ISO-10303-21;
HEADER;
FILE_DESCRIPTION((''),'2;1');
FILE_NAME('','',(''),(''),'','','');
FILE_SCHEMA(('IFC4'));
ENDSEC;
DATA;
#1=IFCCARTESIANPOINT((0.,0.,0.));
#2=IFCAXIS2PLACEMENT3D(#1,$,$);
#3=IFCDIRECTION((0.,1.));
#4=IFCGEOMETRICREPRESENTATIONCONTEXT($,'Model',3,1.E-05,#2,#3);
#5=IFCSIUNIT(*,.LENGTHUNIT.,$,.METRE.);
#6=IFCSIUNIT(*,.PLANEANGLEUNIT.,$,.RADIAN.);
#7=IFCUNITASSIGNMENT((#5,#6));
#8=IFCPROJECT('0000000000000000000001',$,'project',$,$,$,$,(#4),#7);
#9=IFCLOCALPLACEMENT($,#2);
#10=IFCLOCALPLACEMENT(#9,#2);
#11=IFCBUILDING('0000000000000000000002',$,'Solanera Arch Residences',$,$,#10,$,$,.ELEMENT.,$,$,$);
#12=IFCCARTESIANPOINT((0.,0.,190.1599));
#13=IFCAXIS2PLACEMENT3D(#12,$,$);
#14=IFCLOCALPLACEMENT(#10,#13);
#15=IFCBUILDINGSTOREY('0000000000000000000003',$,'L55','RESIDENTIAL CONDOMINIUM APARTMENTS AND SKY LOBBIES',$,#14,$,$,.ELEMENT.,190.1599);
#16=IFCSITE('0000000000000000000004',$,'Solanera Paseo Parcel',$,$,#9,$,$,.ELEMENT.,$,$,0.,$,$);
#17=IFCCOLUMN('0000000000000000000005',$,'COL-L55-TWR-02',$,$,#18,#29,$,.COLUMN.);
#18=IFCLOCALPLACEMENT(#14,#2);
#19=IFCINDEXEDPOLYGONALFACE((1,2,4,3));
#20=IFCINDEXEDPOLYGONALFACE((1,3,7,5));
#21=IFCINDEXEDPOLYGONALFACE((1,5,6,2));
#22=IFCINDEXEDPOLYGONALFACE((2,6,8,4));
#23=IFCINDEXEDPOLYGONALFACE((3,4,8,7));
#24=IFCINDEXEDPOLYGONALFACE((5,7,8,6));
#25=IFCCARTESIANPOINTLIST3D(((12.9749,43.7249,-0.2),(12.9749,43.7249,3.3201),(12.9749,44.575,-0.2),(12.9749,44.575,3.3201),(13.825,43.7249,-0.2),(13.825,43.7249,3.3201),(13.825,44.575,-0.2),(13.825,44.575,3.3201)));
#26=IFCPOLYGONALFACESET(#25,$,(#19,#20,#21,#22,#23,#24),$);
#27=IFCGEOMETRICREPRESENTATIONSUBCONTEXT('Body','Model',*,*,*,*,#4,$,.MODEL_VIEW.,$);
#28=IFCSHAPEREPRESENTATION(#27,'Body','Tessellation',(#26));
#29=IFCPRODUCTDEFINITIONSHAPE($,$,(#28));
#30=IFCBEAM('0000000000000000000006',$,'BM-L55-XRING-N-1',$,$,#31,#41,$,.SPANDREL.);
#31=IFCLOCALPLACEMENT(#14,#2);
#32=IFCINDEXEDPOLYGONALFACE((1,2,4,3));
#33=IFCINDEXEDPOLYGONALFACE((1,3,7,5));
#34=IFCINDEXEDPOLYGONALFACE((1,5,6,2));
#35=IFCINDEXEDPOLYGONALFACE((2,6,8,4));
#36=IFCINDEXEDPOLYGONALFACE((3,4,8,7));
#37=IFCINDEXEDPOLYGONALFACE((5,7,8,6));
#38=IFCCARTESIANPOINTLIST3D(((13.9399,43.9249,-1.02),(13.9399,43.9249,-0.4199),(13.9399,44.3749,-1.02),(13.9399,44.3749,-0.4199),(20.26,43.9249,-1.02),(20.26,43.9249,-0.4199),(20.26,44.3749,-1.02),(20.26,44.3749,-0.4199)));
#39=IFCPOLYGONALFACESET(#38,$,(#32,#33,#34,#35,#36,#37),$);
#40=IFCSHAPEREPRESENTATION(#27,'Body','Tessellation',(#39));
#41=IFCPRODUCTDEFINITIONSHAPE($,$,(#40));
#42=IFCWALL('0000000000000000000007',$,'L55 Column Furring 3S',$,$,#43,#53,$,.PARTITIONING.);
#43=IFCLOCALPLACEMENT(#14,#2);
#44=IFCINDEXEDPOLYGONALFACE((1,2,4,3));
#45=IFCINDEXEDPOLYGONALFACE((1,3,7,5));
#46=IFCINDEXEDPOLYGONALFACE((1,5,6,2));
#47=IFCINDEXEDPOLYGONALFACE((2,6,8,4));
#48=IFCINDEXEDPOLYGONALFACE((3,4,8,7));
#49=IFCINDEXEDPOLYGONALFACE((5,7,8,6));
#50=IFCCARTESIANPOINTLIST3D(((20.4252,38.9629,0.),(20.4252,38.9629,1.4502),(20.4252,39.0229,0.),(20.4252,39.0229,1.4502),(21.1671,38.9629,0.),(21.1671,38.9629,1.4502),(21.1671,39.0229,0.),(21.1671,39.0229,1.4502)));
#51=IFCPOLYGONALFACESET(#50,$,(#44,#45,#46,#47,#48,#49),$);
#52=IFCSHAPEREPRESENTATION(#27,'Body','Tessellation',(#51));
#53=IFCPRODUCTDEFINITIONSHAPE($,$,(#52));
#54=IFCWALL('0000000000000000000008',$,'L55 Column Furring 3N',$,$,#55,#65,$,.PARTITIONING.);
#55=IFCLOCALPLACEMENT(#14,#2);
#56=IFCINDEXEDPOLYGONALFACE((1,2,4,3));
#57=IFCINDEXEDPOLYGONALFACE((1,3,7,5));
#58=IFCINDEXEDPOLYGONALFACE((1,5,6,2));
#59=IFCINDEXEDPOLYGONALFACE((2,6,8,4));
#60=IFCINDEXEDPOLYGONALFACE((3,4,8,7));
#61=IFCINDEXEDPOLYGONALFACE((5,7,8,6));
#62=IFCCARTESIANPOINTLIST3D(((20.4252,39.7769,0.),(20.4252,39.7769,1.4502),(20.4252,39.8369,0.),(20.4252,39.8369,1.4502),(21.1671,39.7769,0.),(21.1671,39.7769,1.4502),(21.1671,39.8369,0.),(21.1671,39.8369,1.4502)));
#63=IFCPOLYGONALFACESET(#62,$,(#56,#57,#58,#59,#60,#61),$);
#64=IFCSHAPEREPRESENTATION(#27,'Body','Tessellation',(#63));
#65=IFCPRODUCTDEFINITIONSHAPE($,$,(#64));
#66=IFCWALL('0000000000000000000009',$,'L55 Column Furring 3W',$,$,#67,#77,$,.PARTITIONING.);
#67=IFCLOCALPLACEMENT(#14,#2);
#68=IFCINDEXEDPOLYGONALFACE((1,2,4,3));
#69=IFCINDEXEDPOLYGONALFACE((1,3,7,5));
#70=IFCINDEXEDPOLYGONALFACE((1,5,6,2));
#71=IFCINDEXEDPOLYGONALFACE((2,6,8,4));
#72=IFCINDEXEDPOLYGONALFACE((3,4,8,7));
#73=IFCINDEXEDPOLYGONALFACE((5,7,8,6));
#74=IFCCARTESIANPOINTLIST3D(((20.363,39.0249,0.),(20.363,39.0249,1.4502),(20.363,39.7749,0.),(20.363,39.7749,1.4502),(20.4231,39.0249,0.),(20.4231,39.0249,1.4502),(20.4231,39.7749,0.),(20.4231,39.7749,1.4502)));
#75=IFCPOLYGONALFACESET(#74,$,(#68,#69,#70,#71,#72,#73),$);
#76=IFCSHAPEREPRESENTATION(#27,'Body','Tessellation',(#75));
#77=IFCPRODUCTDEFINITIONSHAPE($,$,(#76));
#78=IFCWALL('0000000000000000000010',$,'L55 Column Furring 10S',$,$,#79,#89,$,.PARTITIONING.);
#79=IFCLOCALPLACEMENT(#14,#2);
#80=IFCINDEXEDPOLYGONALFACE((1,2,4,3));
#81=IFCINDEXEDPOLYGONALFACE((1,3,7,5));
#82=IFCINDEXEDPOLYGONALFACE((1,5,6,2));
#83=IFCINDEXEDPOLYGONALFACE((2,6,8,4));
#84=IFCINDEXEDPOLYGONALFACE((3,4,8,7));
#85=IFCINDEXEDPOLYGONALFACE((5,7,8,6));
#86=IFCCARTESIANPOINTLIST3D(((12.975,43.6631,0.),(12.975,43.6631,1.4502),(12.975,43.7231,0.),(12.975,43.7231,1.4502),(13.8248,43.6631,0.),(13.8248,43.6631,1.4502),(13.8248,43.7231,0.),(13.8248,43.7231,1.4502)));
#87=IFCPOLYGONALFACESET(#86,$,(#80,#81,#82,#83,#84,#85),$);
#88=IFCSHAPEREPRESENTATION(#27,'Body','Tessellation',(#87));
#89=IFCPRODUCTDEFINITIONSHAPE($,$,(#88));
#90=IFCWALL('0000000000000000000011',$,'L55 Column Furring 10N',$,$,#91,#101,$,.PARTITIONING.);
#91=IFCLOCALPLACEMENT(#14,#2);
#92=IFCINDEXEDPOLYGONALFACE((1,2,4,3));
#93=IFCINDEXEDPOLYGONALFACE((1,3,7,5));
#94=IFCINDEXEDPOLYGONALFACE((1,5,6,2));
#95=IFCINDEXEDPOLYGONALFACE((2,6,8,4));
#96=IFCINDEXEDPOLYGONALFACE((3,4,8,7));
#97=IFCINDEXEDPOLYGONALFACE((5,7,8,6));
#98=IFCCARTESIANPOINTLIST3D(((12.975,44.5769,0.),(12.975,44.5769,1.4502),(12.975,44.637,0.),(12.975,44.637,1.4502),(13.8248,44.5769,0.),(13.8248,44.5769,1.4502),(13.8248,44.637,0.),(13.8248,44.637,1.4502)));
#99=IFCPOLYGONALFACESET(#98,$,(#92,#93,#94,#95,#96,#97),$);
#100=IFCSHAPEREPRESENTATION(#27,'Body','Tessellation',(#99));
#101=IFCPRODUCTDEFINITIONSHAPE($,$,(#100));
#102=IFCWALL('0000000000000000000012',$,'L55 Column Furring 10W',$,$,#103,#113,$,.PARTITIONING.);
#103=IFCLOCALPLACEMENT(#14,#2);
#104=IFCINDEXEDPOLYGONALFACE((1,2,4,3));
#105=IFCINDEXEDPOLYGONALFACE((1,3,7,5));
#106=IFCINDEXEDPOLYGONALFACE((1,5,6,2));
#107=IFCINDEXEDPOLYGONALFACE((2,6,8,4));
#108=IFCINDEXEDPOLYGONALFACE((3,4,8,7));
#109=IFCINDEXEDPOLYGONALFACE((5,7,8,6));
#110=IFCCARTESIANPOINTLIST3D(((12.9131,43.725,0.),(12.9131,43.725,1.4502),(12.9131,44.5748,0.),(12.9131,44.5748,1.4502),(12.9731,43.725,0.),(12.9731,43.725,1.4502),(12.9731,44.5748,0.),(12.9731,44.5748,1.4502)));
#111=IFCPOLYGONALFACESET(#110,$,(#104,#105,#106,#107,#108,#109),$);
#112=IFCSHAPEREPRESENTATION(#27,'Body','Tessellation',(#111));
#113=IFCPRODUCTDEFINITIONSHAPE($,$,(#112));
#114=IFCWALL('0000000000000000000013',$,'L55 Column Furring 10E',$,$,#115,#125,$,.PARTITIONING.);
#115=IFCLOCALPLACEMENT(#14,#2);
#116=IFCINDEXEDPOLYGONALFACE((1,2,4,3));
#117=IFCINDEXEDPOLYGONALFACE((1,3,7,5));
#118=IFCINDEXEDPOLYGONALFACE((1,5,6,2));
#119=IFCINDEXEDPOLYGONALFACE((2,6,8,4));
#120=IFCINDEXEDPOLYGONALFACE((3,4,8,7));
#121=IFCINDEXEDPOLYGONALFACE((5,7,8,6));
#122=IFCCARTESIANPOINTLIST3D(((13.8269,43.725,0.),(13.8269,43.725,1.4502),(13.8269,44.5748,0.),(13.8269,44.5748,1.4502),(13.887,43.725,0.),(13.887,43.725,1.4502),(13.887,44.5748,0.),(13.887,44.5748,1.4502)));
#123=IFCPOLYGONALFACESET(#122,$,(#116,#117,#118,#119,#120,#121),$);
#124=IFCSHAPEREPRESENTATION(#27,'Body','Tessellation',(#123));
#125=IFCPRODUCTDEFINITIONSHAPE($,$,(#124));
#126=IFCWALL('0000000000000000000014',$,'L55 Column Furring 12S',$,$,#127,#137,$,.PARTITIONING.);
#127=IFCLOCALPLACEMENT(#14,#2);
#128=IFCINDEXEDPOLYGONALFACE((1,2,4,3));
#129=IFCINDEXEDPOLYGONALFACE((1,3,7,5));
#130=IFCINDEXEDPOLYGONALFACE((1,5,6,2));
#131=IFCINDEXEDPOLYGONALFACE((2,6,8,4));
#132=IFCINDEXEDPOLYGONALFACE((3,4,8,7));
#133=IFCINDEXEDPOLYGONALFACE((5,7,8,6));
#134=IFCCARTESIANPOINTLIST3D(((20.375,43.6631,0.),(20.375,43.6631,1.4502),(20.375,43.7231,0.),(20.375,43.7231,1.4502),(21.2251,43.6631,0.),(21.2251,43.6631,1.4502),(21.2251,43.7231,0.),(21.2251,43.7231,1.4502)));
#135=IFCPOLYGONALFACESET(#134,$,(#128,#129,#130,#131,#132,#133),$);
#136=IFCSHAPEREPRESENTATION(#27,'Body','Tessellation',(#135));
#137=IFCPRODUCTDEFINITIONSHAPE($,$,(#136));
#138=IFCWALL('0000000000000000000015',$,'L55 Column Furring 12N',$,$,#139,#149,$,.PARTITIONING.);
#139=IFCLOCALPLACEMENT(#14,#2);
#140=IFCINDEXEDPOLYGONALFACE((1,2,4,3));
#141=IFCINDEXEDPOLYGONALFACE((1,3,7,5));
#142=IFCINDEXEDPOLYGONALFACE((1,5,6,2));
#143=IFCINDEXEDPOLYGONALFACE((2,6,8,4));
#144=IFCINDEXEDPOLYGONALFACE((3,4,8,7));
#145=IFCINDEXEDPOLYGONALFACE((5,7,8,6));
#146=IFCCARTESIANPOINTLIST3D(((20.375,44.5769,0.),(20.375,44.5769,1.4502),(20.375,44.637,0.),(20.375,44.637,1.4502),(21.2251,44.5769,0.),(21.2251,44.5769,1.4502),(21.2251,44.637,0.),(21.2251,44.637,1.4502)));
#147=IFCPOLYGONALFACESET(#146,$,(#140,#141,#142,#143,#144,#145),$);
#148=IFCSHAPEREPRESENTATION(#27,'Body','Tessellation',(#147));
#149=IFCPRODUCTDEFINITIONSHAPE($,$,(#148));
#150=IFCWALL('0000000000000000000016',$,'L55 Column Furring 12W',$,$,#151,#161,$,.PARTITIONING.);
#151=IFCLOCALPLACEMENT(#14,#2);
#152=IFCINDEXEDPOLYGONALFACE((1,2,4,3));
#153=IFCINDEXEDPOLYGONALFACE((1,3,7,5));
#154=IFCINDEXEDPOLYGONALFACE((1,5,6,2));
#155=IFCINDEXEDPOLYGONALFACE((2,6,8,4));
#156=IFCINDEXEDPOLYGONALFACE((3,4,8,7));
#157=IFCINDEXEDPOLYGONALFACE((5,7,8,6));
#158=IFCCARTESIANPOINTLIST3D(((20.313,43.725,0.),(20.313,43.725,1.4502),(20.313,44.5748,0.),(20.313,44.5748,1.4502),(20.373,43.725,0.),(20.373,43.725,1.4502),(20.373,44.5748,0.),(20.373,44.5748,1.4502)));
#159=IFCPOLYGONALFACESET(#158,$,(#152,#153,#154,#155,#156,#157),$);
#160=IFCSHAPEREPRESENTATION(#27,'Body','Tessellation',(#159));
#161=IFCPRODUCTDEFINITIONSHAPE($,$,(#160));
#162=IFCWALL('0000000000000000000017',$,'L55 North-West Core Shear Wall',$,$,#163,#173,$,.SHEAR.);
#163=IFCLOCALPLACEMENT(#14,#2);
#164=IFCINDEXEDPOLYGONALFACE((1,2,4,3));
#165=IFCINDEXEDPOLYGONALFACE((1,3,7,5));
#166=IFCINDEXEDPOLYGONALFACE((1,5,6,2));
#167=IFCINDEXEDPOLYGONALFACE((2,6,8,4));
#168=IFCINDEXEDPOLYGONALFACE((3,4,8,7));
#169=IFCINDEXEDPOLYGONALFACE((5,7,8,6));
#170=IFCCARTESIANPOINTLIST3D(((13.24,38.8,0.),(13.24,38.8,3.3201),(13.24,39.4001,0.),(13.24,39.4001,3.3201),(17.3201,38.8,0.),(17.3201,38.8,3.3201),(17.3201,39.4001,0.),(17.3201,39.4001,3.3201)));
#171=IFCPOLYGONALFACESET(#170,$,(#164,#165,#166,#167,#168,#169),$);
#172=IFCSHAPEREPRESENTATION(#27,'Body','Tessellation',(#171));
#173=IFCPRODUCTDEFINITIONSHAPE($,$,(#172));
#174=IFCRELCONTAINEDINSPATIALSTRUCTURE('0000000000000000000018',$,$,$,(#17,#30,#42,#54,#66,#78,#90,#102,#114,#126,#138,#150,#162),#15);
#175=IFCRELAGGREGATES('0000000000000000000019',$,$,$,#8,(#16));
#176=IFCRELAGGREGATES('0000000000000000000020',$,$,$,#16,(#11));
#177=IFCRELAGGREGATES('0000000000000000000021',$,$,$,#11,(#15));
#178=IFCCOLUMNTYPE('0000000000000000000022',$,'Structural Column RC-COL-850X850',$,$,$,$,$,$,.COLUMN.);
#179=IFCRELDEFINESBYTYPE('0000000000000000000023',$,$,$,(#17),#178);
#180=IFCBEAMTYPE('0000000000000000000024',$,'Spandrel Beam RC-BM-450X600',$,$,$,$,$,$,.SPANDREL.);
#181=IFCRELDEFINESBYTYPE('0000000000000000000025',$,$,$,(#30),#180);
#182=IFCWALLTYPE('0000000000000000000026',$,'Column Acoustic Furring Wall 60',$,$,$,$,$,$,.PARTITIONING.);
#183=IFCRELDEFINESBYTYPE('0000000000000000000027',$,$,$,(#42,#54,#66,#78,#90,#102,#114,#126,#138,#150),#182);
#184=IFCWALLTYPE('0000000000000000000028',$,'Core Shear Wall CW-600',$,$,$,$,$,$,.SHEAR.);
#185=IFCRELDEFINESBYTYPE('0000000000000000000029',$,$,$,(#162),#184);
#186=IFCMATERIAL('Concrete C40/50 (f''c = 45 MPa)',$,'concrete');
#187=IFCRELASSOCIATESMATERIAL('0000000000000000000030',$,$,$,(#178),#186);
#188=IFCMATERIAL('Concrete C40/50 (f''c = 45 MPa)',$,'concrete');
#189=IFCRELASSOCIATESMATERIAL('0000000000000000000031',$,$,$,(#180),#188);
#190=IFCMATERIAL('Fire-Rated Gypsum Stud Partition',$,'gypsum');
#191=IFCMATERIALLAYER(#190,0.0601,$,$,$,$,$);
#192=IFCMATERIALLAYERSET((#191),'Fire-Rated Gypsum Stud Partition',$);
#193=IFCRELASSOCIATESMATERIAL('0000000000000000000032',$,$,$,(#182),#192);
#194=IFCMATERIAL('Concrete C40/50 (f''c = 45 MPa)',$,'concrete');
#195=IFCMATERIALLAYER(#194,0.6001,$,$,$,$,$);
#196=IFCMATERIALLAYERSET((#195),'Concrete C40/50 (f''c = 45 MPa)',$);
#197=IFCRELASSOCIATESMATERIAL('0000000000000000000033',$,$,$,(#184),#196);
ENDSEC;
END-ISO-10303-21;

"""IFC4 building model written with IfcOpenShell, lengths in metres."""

from ifc_helpers import new_model, si_unit, direction, frame, frame_2d, origin, origin_2d, place, context, subcontext, project, spatial, rectangle, extrude, material, layer, layer_set, material_profile, profile_set, type_object, element, save


model = new_model("IFC4")

# Units and contexts
model_context = context("Model", 3, precision=1e-05, world=origin(), true_north=direction((0.0, 1.0)))
body_context = subcontext(model_context, "Body", "Model", "MODEL_VIEW")
ifc_project = project(units=[si_unit("LENGTHUNIT", "METRE"), si_unit("PLANEANGLEUNIT", "RADIAN")], contexts=[model_context])

# Site, building, storey
site_placement = place(None, origin())
site = spatial("IfcSite", under=ifc_project, at=site_placement, Name="Solanera Paseo Parcel", CompositionType="ELEMENT", RefElevation=0.0)
building_placement = place(site_placement, origin())
building = spatial("IfcBuilding", under=site, at=building_placement, Name="Solanera Arch Residences", CompositionType="ELEMENT")
storey_placement = place(building_placement, frame((0.0, 0.0, 190.1599)))
storey = spatial("IfcBuildingStorey", under=building, at=storey_placement, Name="L55", Description="RESIDENTIAL CONDOMINIUM APARTMENTS AND SKY LOBBIES", CompositionType="ELEMENT", Elevation=190.1599)

# Column
ifc_material_1 = material(Name="Concrete C40/50 (f'c = 45 MPa)", Category="concrete")
ifc_material_profile_1 = material_profile(ifc_material_1, rectangle(XDim=0.8501, YDim=0.8501, at=origin_2d()))
ifc_profile_set_1 = profile_set([ifc_material_profile_1], Name="Concrete C40/50 (f'c = 45 MPa)")
column_type = type_object("IfcColumnType", Name="Structural Column RC-COL-850X850", PredefinedType="COLUMN", material=ifc_profile_set_1)
column_placement = place(storey_placement, frame((13.3999, 44.1499, -0.2), z_axis=(0.0, 0.0, 1.0), x_axis=(1.0, 0.0, 0.0)))
element("IfcColumn", 1, at=column_placement, inside=storey, type_object=column_type, Name="COL-L55-TWR-02", PredefinedType="COLUMN", context=body_context, shape_type="SweptSolid", body=[
    extrude(rectangle(XDim=0.8501, YDim=0.8501, at=origin_2d()), origin(), (0.0, 0.0, 1.0), 3.52),
])

# Beam
ifc_material_2 = material(Name="Concrete C40/50 (f'c = 45 MPa)", Category="concrete")
ifc_material_profile_2 = material_profile(ifc_material_2, rectangle(XDim=0.45, YDim=0.6001, at=origin_2d()))
ifc_profile_set_2 = profile_set([ifc_material_profile_2], Name="Concrete C40/50 (f'c = 45 MPa)")
beam_type = type_object("IfcBeamType", Name="Spandrel Beam RC-BM-450X600", PredefinedType="SPANDREL", material=ifc_profile_set_2)
beam_placement = place(storey_placement, frame((13.9399, 44.1499, -0.72), z_axis=(1.0, 0.0, 0.0), x_axis=(0.0, 1.0, 0.0)))
element("IfcBeam", 2, at=beam_placement, inside=storey, type_object=beam_type, Name="BM-L55-XRING-N-1", PredefinedType="SPANDREL", context=body_context, shape_type="SweptSolid", body=[
    extrude(rectangle(XDim=0.45, YDim=0.6001, at=origin_2d()), origin(), (0.0, 0.0, 1.0), 6.3201),
])

# Walls
ifc_material_3 = material(Name="Fire-Rated Gypsum Stud Partition", Category="gypsum")
ifc_layer_1 = layer(ifc_material_3, 0.0601)
ifc_layer_set_1 = layer_set([ifc_layer_1], Name="Fire-Rated Gypsum Stud Partition")
wall_type_1 = type_object("IfcWallType", Name="Column Acoustic Furring Wall 60", PredefinedType="PARTITIONING", material=ifc_layer_set_1)
for number, where, z_axis, x_axis, name in (
    (3, (20.425, 38.9929, 0.0), (0.0, 0.0, 1.0), (1.0, 0.0, 0.0), "L55 Column Furring 3S"),
    (4, (20.425, 39.8069, 0.0), (0.0, 0.0, 1.0), (1.0, 0.0, 0.0), "L55 Column Furring 3N"),
):
    element("IfcWall", number, at=place(storey_placement, frame(where, z_axis=z_axis, x_axis=x_axis)), inside=storey, type_object=wall_type_1, Name=name, PredefinedType="PARTITIONING", context=body_context, shape_type="SweptSolid", body=[
        extrude(rectangle(XDim=0.7419, YDim=0.0601, at=frame_2d((0.3711, 0.0))), origin(), (0.0, 0.0, 1.0), 1.4502),
    ])
wall_1_placement = place(storey_placement, frame((20.3931, 39.0249, 0.0), z_axis=(0.0, 0.0, 1.0), x_axis=(0.0, 1.0, 0.0)))
element("IfcWall", 5, at=wall_1_placement, inside=storey, type_object=wall_type_1, Name="L55 Column Furring 3W", PredefinedType="PARTITIONING", context=body_context, shape_type="SweptSolid", body=[
    extrude(rectangle(XDim=0.75, YDim=0.0601, at=frame_2d((0.375, 0.0))), origin(), (0.0, 0.0, 1.0), 1.4502),
])
for number, where, z_axis, x_axis, name in (
    (6, (12.9751, 43.6931, 0.0), (0.0, 0.0, 1.0), (1.0, 0.0, 0.0), "L55 Column Furring 10S"),
    (7, (12.9751, 44.6069, 0.0), (0.0, 0.0, 1.0), (1.0, 0.0, 0.0), "L55 Column Furring 10N"),
    (8, (12.9431, 43.7251, 0.0), (0.0, 0.0, 1.0), (0.0, 1.0, 0.0), "L55 Column Furring 10W"),
    (9, (13.8569, 43.7251, 0.0), (0.0, 0.0, 1.0), (0.0, 1.0, 0.0), "L55 Column Furring 10E"),
):
    element("IfcWall", number, at=place(storey_placement, frame(where, z_axis=z_axis, x_axis=x_axis)), inside=storey, type_object=wall_type_1, Name=name, PredefinedType="PARTITIONING", context=body_context, shape_type="SweptSolid", body=[
        extrude(rectangle(XDim=0.8499, YDim=0.0601, at=frame_2d((0.4248, 0.0))), origin(), (0.0, 0.0, 1.0), 1.4502),
    ])
for number, where, z_axis, x_axis, name in (
    (10, (20.375, 43.6931, 0.0), (0.0, 0.0, 1.0), (1.0, 0.0, 0.0), "L55 Column Furring 12S"),
    (11, (20.375, 44.6069, 0.0), (0.0, 0.0, 1.0), (1.0, 0.0, 0.0), "L55 Column Furring 12N"),
):
    element("IfcWall", number, at=place(storey_placement, frame(where, z_axis=z_axis, x_axis=x_axis)), inside=storey, type_object=wall_type_1, Name=name, PredefinedType="PARTITIONING", context=body_context, shape_type="SweptSolid", body=[
        extrude(rectangle(XDim=0.8501, YDim=0.0601, at=frame_2d((0.425, 0.0))), origin(), (0.0, 0.0, 1.0), 1.4502),
    ])
wall_2_placement = place(storey_placement, frame((20.343, 43.7251, 0.0), z_axis=(0.0, 0.0, 1.0), x_axis=(0.0, 1.0, 0.0)))
element("IfcWall", 12, at=wall_2_placement, inside=storey, type_object=wall_type_1, Name="L55 Column Furring 12W", PredefinedType="PARTITIONING", context=body_context, shape_type="SweptSolid", body=[
    extrude(rectangle(XDim=0.8499, YDim=0.0601, at=frame_2d((0.4248, 0.0))), origin(), (0.0, 0.0, 1.0), 1.4502),
])
ifc_material_4 = material(Name="Concrete C40/50 (f'c = 45 MPa)", Category="concrete")
ifc_layer_2 = layer(ifc_material_4, 0.6001)
ifc_layer_set_2 = layer_set([ifc_layer_2], Name="Concrete C40/50 (f'c = 45 MPa)")
wall_type_2 = type_object("IfcWallType", Name="Core Shear Wall CW-600", PredefinedType="SHEAR", material=ifc_layer_set_2)
wall_3_placement = place(storey_placement, frame((13.24, 39.1001, 0.0), z_axis=(0.0, 0.0, 1.0), x_axis=(1.0, 0.0, 0.0)))
element("IfcWall", 13, at=wall_3_placement, inside=storey, type_object=wall_type_2, Name="L55 North-West Core Shear Wall", PredefinedType="SHEAR", context=body_context, shape_type="SweptSolid", body=[
    extrude(rectangle(XDim=4.0801, YDim=0.6001, at=frame_2d((2.04, 0.0))), origin(), (0.0, 0.0, 1.0), 3.3201),
])

save(model, "model.ifc")
